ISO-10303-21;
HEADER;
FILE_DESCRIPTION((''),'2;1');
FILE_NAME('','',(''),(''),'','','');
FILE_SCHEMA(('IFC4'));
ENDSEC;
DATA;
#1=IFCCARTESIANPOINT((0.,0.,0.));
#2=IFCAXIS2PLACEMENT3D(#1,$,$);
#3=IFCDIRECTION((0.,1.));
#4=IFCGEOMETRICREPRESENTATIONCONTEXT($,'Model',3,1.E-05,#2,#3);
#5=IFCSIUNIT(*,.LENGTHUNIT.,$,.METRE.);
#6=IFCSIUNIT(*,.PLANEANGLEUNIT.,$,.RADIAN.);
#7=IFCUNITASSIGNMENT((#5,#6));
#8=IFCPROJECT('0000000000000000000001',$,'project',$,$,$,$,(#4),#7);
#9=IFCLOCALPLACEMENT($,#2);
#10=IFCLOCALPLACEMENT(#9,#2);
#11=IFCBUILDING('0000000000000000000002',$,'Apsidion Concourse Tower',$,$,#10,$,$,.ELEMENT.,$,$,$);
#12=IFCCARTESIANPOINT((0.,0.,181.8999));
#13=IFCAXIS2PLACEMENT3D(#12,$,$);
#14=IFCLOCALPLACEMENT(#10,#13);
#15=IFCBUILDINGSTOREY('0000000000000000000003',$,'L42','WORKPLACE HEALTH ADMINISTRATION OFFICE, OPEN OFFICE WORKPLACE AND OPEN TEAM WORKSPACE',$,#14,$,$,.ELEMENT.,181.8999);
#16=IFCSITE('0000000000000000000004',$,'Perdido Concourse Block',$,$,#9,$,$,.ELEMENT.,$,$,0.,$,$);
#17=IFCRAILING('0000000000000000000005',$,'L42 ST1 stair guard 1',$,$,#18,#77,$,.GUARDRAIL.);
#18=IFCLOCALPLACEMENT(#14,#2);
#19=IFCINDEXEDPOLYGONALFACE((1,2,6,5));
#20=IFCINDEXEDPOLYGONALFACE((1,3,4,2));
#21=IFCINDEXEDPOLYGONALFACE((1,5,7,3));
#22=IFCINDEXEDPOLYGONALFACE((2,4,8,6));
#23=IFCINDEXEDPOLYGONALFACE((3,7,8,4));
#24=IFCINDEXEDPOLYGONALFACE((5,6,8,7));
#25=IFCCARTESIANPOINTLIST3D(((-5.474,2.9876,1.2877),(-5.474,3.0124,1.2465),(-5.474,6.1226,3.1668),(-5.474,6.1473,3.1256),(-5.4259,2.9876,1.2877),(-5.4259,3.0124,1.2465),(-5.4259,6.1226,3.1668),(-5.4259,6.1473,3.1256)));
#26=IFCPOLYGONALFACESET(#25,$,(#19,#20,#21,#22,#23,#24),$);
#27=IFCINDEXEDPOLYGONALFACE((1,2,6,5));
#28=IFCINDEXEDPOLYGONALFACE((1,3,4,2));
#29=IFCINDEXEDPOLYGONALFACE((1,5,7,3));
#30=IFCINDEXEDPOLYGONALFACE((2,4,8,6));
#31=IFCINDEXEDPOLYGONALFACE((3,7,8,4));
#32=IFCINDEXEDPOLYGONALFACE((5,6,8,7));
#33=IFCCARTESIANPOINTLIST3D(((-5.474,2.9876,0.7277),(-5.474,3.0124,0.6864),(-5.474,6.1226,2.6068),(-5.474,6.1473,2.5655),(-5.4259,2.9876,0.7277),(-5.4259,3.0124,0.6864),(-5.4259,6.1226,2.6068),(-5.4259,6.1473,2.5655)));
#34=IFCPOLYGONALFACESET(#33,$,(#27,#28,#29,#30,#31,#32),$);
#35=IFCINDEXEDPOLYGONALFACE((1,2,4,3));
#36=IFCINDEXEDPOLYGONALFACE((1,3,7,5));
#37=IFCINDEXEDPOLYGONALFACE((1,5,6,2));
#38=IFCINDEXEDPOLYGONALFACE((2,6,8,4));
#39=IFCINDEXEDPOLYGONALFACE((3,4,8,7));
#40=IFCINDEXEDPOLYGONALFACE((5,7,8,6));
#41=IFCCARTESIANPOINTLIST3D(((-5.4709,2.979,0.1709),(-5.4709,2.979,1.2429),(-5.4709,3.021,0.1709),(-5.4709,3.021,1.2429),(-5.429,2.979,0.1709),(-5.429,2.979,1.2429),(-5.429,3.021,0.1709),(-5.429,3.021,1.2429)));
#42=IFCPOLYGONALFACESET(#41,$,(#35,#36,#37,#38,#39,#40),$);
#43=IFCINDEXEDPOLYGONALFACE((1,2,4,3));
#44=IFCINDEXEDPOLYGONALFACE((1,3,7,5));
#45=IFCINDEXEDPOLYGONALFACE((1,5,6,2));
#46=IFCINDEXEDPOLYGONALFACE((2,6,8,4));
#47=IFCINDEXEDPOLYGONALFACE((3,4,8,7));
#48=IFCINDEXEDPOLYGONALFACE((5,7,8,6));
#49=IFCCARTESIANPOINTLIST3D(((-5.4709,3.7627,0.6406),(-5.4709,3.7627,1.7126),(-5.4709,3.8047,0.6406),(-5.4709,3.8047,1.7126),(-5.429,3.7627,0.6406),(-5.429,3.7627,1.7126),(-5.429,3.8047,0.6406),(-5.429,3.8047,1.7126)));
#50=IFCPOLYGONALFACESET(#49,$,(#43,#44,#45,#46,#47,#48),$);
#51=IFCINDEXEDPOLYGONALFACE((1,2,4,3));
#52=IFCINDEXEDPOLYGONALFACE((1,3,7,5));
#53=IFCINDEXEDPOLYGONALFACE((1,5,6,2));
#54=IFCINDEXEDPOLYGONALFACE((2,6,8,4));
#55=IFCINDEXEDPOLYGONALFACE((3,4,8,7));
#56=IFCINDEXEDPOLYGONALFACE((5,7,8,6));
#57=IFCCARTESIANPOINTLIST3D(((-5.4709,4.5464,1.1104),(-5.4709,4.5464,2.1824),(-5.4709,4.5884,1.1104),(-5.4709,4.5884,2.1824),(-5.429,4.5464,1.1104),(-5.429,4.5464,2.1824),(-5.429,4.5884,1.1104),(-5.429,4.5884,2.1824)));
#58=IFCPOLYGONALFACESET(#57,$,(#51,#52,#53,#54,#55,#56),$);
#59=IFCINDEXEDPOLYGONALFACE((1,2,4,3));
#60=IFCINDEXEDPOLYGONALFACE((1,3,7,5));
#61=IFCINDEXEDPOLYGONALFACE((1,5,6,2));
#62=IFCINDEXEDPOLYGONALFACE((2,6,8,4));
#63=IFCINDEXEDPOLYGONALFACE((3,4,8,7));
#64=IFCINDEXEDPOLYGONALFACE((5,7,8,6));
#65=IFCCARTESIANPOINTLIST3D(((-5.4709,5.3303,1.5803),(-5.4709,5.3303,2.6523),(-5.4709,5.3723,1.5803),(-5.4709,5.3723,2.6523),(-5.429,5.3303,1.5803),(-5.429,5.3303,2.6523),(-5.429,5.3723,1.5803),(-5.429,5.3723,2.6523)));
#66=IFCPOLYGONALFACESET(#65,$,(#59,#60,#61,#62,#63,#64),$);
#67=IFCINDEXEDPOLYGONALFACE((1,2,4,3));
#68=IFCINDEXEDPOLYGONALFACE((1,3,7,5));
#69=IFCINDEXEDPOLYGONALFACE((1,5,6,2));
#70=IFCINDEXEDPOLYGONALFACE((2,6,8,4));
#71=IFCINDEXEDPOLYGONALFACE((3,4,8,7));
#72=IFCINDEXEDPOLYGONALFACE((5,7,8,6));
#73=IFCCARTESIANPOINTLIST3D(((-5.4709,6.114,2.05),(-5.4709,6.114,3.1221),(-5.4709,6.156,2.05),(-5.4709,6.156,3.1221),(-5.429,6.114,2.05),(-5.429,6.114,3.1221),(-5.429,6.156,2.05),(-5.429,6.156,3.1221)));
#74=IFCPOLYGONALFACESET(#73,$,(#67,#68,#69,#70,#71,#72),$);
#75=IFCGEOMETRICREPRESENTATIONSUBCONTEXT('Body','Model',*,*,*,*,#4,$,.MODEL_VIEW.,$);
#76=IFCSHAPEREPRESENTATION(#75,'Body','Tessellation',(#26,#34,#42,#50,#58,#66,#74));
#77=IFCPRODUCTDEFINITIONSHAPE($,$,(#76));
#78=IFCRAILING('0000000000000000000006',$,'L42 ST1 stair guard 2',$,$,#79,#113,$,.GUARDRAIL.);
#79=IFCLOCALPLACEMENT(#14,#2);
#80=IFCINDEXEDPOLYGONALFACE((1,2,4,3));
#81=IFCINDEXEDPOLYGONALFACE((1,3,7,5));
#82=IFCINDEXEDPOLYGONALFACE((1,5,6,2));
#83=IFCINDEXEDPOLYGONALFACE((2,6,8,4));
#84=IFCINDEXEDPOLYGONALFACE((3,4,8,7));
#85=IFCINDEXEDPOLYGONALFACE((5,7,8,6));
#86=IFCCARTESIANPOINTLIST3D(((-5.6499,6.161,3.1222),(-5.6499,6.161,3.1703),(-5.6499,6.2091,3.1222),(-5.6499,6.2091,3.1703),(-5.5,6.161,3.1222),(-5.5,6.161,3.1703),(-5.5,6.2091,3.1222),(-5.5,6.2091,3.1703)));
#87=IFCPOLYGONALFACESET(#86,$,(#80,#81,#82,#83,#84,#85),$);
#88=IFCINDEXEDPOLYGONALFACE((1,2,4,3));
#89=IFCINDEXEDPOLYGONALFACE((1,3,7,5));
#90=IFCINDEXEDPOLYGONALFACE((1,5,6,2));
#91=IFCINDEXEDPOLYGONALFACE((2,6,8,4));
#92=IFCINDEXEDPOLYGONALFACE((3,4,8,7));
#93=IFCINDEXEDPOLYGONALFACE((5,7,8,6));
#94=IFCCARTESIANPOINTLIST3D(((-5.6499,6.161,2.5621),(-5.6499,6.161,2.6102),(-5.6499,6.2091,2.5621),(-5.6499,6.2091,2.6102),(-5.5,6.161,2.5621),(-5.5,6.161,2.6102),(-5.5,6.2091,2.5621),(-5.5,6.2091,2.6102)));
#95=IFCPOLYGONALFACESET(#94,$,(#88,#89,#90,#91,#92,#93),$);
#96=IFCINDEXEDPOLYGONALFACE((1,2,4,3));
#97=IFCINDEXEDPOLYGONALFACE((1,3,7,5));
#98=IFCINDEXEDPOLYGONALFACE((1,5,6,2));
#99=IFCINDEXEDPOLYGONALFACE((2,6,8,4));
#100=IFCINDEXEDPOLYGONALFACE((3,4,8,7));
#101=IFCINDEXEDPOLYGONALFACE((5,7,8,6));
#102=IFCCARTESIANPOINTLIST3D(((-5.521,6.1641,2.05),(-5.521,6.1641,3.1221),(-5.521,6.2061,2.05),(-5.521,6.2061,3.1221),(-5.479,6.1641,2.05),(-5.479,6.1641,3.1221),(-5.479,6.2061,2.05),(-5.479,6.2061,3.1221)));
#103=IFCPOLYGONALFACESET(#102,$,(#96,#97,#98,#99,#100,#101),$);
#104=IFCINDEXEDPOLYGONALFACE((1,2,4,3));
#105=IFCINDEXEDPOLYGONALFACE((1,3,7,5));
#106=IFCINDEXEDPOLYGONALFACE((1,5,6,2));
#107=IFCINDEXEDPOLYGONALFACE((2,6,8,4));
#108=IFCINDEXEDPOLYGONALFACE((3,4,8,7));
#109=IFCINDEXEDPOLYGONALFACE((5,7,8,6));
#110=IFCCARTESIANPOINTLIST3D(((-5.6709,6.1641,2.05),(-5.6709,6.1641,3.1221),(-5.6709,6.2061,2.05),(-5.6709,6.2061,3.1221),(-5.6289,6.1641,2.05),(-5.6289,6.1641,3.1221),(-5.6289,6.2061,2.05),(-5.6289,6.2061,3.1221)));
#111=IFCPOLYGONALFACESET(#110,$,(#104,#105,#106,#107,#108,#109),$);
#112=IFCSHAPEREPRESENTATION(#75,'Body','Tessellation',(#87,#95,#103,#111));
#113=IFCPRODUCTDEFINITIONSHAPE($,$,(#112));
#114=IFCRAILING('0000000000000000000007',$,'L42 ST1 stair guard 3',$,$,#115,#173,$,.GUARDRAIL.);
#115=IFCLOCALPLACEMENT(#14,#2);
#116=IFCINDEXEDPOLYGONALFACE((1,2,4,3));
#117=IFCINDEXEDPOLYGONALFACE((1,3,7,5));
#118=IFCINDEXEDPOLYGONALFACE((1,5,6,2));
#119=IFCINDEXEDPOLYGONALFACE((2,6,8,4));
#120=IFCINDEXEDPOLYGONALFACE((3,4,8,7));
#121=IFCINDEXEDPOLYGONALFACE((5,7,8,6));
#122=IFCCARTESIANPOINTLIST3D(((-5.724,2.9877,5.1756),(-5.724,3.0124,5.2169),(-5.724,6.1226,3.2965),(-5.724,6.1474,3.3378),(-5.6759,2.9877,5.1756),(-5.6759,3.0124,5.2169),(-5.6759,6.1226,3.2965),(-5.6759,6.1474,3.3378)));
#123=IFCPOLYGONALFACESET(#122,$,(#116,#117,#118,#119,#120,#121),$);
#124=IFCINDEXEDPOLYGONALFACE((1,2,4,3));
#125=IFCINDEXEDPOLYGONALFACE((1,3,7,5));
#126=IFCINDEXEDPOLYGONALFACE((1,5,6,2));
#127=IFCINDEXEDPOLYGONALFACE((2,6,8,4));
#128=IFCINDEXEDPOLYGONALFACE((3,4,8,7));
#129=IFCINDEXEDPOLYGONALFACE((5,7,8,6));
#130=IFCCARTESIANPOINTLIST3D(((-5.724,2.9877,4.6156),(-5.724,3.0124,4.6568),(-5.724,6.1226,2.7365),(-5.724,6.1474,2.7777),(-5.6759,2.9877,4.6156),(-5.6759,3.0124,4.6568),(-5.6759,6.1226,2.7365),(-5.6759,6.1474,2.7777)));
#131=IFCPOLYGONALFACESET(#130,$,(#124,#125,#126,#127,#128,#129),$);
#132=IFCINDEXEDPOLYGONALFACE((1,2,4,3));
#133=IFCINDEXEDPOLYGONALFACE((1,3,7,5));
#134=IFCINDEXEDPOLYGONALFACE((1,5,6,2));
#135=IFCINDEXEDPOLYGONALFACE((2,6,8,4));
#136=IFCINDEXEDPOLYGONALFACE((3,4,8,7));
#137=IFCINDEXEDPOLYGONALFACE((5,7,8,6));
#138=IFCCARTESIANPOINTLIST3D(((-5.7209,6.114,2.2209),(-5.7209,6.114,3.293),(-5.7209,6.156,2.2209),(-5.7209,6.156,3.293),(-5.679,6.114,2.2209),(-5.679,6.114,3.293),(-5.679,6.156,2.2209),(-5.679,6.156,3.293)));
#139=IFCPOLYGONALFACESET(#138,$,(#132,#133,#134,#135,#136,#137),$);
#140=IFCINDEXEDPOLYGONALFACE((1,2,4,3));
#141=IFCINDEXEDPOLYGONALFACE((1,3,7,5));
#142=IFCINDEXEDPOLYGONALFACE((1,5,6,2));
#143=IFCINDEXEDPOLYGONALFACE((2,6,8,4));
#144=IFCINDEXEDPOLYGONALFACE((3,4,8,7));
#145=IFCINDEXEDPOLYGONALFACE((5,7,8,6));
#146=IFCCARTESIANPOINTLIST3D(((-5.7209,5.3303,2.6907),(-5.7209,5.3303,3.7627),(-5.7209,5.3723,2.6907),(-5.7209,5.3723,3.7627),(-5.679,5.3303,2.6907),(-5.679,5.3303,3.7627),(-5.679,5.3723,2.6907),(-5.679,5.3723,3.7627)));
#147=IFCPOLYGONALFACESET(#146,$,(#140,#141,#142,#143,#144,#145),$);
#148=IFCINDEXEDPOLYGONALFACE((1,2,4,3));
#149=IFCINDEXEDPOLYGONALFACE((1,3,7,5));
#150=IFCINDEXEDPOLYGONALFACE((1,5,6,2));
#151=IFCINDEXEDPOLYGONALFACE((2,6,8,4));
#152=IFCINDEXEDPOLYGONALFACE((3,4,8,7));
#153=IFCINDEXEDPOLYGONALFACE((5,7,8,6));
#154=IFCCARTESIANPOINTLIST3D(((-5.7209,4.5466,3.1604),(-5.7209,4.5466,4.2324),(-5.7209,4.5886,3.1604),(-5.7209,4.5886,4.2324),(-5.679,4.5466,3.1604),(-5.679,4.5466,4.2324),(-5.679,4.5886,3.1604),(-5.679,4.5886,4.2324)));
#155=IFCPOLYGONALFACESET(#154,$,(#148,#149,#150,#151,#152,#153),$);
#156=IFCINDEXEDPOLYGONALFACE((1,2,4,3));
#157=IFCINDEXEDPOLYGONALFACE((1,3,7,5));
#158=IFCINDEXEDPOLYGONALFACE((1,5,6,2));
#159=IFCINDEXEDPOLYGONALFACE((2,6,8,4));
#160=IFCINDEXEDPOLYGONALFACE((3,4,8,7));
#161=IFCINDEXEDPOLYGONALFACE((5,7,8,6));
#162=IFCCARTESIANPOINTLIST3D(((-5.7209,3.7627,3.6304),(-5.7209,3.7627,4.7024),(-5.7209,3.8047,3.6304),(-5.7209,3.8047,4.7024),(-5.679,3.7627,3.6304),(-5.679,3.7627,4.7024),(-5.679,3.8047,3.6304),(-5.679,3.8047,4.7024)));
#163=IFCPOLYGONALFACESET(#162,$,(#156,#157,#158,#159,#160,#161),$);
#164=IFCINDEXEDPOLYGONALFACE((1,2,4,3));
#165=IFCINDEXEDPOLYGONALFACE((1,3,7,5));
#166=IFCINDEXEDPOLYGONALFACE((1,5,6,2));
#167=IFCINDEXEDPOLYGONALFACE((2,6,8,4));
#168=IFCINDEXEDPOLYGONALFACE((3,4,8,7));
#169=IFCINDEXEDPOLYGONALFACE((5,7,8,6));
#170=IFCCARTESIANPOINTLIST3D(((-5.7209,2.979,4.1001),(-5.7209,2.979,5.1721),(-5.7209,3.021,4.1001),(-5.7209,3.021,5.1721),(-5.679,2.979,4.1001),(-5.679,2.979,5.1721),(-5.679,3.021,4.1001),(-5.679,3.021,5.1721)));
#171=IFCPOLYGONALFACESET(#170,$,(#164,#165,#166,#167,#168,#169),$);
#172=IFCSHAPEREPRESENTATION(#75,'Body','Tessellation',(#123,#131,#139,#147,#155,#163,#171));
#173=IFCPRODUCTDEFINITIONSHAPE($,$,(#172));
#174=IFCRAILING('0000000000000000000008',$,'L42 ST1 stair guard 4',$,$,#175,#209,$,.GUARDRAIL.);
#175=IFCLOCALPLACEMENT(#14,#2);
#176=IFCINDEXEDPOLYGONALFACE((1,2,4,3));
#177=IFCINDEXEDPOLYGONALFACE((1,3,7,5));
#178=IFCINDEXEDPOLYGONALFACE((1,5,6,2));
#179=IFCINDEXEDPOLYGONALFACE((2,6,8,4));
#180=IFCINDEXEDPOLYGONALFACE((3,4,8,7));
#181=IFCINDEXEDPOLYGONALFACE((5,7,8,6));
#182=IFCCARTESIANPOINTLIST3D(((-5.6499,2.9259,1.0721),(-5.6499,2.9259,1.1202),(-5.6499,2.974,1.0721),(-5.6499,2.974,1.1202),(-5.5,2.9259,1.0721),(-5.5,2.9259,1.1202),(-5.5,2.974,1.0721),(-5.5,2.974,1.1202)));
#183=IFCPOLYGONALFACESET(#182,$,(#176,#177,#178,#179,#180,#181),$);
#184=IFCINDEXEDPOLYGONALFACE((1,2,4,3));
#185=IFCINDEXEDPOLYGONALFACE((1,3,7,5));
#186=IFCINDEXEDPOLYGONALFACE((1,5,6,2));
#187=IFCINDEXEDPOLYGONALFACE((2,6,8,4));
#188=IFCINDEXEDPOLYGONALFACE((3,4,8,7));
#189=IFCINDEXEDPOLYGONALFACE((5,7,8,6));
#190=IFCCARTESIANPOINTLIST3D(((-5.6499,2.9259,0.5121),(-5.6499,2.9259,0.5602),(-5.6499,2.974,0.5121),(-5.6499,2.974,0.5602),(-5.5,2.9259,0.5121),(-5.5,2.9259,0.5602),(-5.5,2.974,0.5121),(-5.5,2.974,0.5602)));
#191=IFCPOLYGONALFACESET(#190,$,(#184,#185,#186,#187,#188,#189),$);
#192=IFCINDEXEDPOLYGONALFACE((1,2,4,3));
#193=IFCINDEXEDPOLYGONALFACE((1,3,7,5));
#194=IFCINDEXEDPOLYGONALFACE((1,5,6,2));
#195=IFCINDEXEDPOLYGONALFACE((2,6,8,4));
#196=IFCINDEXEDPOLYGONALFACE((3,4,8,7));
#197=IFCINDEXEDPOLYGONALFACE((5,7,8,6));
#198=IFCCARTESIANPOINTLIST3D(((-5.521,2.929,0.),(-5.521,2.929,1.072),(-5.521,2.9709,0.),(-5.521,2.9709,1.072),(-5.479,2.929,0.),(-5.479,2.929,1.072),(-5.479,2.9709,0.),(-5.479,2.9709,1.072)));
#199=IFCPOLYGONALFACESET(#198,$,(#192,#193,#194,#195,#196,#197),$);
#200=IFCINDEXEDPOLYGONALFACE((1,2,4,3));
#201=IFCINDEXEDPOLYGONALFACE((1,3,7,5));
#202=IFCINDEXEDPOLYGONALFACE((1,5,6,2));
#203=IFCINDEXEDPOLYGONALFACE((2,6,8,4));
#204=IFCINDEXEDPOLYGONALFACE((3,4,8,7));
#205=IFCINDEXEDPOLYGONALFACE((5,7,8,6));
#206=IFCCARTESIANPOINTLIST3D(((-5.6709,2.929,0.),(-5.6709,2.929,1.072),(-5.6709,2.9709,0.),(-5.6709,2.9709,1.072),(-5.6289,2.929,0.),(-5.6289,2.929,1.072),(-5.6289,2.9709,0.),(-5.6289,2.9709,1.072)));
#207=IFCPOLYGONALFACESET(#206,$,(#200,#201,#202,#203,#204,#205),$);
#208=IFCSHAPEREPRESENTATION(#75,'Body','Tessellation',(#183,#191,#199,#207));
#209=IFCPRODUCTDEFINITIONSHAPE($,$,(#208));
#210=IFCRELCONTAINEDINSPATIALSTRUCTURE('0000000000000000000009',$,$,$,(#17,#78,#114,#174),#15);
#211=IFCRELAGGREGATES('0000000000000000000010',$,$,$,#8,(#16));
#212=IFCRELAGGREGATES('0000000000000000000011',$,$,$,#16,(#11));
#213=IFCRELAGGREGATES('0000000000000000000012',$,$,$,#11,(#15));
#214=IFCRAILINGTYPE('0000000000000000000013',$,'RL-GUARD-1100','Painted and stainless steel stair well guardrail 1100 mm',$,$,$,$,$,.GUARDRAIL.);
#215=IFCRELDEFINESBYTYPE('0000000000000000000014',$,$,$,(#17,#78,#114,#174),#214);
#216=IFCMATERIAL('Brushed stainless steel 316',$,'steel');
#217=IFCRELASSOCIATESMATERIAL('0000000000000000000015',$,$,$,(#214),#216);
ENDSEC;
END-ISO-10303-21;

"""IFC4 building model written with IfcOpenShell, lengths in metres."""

from ifc_helpers import new_model, si_unit, direction, frame, origin, origin_2d, place, context, subcontext, project, spatial, rectangle, extrude, material, type_object, element, save


model = new_model("IFC4")

# Units and contexts
model_context = context("Model", 3, precision=1e-05, world=origin(), true_north=direction((0.0, 1.0)))
body_context = subcontext(model_context, "Body", "Model", "MODEL_VIEW")
ifc_project = project(units=[si_unit("LENGTHUNIT", "METRE"), si_unit("PLANEANGLEUNIT", "RADIAN")], contexts=[model_context])

# Site, building, storey
site_placement = place(None, origin())
site = spatial("IfcSite", under=ifc_project, at=site_placement, Name="Perdido Concourse Block", CompositionType="ELEMENT", RefElevation=0.0)
building_placement = place(site_placement, origin())
building = spatial("IfcBuilding", under=site, at=building_placement, Name="Apsidion Concourse Tower", CompositionType="ELEMENT")
storey_placement = place(building_placement, frame((0.0, 0.0, 181.8999)))
storey = spatial("IfcBuildingStorey", under=building, at=storey_placement, Name="L42", Description="WORKPLACE HEALTH ADMINISTRATION OFFICE, OPEN OFFICE WORKPLACE AND OPEN TEAM WORKSPACE", CompositionType="ELEMENT", Elevation=181.8999)

# Shared definitions
ifc_material_1 = material(Name="Brushed stainless steel 316", Category="steel")

# Railings
railing_type_1 = type_object("IfcRailingType", Name="RL-GUARD-1100", Description="Painted and stainless steel stair well guardrail 1100 mm", PredefinedType="GUARDRAIL", material=ifc_material_1)
railing_1_placement = place(storey_placement, frame((-5.45, 3.0, 0.1709)))
element("IfcRailing", 1, at=railing_1_placement, inside=storey, type_object=railing_type_1, Name="L42 ST1 stair guard 1", PredefinedType="GUARDRAIL", context=body_context, shape_type="SweptSolid", body=[
    extrude(rectangle(XDim=0.0481, YDim=0.0481, at=origin_2d()), frame((0.0, 0.0, 1.0962), z_axis=(0.0, 0.857717, 0.514122), x_axis=(-1.0, 0.0, 0.0)), (0.0, 0.0, 1.0), 3.655),
    extrude(rectangle(XDim=0.0481, YDim=0.0481, at=origin_2d()), frame((0.0, 0.0, 0.5361), z_axis=(0.0, 0.857717, 0.514122), x_axis=(-1.0, 0.0, 0.0)), (0.0, 0.0, 1.0), 3.655),
    extrude(rectangle(XDim=0.042, YDim=0.042, at=origin_2d()), origin(), (0.0, 0.0, 1.0), 1.072),
    extrude(rectangle(XDim=0.042, YDim=0.042, at=origin_2d()), frame((0.0, 0.7837, 0.4697)), (0.0, 0.0, 1.0), 1.072),
    extrude(rectangle(XDim=0.042, YDim=0.042, at=origin_2d()), frame((0.0, 1.5674, 0.9395)), (0.0, 0.0, 1.0), 1.072),
    extrude(rectangle(XDim=0.042, YDim=0.042, at=origin_2d()), frame((0.0, 2.3513, 1.4094)), (0.0, 0.0, 1.0), 1.072),
    extrude(rectangle(XDim=0.042, YDim=0.042, at=origin_2d()), frame((0.0, 3.135, 1.8792)), (0.0, 0.0, 1.0), 1.072),
])
railing_2_placement = place(storey_placement, frame((-5.5, 6.1851, 2.05)))
element("IfcRailing", 2, at=railing_2_placement, inside=storey, type_object=railing_type_1, Name="L42 ST1 stair guard 2", PredefinedType="GUARDRAIL", context=body_context, shape_type="SweptSolid", body=[
    extrude(rectangle(XDim=0.0481, YDim=0.0481, at=origin_2d()), frame((0.0, 0.0, 1.0962), z_axis=(-1.0, 0.0, 0.0), x_axis=(0.0, -1.0, 0.0)), (0.0, 0.0, 1.0), 0.1499),
    extrude(rectangle(XDim=0.0481, YDim=0.0481, at=origin_2d()), frame((0.0, 0.0, 0.5361), z_axis=(-1.0, 0.0, 0.0), x_axis=(0.0, -1.0, 0.0)), (0.0, 0.0, 1.0), 0.1499),
    extrude(rectangle(XDim=0.042, YDim=0.042, at=origin_2d()), origin(), (0.0, 0.0, 1.0), 1.072),
    extrude(rectangle(XDim=0.042, YDim=0.042, at=origin_2d()), frame((-0.1499, 0.0, 0.0)), (0.0, 0.0, 1.0), 1.072),
])
railing_3_placement = place(storey_placement, frame((-5.7, 6.135, 2.2209)))
element("IfcRailing", 3, at=railing_3_placement, inside=storey, type_object=railing_type_1, Name="L42 ST1 stair guard 3", PredefinedType="GUARDRAIL", context=body_context, shape_type="SweptSolid", body=[
    extrude(rectangle(XDim=0.0481, YDim=0.0481, at=origin_2d()), frame((0.0, 0.0, 1.0962), z_axis=(0.0, -0.857717, 0.514122), x_axis=(1.0, 0.0, 0.0)), (0.0, 0.0, 1.0), 3.655),
    extrude(rectangle(XDim=0.0481, YDim=0.0481, at=origin_2d()), frame((0.0, 0.0, 0.5361), z_axis=(0.0, -0.857717, 0.514122), x_axis=(1.0, 0.0, 0.0)), (0.0, 0.0, 1.0), 3.655),
    extrude(rectangle(XDim=0.042, YDim=0.042, at=origin_2d()), origin(), (0.0, 0.0, 1.0), 1.072),
    extrude(rectangle(XDim=0.042, YDim=0.042, at=origin_2d()), frame((0.0, -0.7837, 0.4697)), (0.0, 0.0, 1.0), 1.072),
    extrude(rectangle(XDim=0.042, YDim=0.042, at=origin_2d()), frame((0.0, -1.5674, 0.9395)), (0.0, 0.0, 1.0), 1.072),
    extrude(rectangle(XDim=0.042, YDim=0.042, at=origin_2d()), frame((0.0, -2.3513, 1.4094)), (0.0, 0.0, 1.0), 1.072),
    extrude(rectangle(XDim=0.042, YDim=0.042, at=origin_2d()), frame((0.0, -3.135, 1.8792)), (0.0, 0.0, 1.0), 1.072),
])
railing_4_placement = place(storey_placement, frame((-5.5, 2.95, 0.0)))
element("IfcRailing", 4, at=railing_4_placement, inside=storey, type_object=railing_type_1, Name="L42 ST1 stair guard 4", PredefinedType="GUARDRAIL", context=body_context, shape_type="SweptSolid", body=[
    extrude(rectangle(XDim=0.0481, YDim=0.0481, at=origin_2d()), frame((0.0, 0.0, 1.0962), z_axis=(-1.0, 0.0, 0.0), x_axis=(0.0, -1.0, 0.0)), (0.0, 0.0, 1.0), 0.1499),
    extrude(rectangle(XDim=0.0481, YDim=0.0481, at=origin_2d()), frame((0.0, 0.0, 0.5361), z_axis=(-1.0, 0.0, 0.0), x_axis=(0.0, -1.0, 0.0)), (0.0, 0.0, 1.0), 0.1499),
    extrude(rectangle(XDim=0.042, YDim=0.042, at=origin_2d()), origin(), (0.0, 0.0, 1.0), 1.072),
    extrude(rectangle(XDim=0.042, YDim=0.042, at=origin_2d()), frame((-0.1499, 0.0, 0.0)), (0.0, 0.0, 1.0), 1.072),
])

save(model, "model.ifc")
